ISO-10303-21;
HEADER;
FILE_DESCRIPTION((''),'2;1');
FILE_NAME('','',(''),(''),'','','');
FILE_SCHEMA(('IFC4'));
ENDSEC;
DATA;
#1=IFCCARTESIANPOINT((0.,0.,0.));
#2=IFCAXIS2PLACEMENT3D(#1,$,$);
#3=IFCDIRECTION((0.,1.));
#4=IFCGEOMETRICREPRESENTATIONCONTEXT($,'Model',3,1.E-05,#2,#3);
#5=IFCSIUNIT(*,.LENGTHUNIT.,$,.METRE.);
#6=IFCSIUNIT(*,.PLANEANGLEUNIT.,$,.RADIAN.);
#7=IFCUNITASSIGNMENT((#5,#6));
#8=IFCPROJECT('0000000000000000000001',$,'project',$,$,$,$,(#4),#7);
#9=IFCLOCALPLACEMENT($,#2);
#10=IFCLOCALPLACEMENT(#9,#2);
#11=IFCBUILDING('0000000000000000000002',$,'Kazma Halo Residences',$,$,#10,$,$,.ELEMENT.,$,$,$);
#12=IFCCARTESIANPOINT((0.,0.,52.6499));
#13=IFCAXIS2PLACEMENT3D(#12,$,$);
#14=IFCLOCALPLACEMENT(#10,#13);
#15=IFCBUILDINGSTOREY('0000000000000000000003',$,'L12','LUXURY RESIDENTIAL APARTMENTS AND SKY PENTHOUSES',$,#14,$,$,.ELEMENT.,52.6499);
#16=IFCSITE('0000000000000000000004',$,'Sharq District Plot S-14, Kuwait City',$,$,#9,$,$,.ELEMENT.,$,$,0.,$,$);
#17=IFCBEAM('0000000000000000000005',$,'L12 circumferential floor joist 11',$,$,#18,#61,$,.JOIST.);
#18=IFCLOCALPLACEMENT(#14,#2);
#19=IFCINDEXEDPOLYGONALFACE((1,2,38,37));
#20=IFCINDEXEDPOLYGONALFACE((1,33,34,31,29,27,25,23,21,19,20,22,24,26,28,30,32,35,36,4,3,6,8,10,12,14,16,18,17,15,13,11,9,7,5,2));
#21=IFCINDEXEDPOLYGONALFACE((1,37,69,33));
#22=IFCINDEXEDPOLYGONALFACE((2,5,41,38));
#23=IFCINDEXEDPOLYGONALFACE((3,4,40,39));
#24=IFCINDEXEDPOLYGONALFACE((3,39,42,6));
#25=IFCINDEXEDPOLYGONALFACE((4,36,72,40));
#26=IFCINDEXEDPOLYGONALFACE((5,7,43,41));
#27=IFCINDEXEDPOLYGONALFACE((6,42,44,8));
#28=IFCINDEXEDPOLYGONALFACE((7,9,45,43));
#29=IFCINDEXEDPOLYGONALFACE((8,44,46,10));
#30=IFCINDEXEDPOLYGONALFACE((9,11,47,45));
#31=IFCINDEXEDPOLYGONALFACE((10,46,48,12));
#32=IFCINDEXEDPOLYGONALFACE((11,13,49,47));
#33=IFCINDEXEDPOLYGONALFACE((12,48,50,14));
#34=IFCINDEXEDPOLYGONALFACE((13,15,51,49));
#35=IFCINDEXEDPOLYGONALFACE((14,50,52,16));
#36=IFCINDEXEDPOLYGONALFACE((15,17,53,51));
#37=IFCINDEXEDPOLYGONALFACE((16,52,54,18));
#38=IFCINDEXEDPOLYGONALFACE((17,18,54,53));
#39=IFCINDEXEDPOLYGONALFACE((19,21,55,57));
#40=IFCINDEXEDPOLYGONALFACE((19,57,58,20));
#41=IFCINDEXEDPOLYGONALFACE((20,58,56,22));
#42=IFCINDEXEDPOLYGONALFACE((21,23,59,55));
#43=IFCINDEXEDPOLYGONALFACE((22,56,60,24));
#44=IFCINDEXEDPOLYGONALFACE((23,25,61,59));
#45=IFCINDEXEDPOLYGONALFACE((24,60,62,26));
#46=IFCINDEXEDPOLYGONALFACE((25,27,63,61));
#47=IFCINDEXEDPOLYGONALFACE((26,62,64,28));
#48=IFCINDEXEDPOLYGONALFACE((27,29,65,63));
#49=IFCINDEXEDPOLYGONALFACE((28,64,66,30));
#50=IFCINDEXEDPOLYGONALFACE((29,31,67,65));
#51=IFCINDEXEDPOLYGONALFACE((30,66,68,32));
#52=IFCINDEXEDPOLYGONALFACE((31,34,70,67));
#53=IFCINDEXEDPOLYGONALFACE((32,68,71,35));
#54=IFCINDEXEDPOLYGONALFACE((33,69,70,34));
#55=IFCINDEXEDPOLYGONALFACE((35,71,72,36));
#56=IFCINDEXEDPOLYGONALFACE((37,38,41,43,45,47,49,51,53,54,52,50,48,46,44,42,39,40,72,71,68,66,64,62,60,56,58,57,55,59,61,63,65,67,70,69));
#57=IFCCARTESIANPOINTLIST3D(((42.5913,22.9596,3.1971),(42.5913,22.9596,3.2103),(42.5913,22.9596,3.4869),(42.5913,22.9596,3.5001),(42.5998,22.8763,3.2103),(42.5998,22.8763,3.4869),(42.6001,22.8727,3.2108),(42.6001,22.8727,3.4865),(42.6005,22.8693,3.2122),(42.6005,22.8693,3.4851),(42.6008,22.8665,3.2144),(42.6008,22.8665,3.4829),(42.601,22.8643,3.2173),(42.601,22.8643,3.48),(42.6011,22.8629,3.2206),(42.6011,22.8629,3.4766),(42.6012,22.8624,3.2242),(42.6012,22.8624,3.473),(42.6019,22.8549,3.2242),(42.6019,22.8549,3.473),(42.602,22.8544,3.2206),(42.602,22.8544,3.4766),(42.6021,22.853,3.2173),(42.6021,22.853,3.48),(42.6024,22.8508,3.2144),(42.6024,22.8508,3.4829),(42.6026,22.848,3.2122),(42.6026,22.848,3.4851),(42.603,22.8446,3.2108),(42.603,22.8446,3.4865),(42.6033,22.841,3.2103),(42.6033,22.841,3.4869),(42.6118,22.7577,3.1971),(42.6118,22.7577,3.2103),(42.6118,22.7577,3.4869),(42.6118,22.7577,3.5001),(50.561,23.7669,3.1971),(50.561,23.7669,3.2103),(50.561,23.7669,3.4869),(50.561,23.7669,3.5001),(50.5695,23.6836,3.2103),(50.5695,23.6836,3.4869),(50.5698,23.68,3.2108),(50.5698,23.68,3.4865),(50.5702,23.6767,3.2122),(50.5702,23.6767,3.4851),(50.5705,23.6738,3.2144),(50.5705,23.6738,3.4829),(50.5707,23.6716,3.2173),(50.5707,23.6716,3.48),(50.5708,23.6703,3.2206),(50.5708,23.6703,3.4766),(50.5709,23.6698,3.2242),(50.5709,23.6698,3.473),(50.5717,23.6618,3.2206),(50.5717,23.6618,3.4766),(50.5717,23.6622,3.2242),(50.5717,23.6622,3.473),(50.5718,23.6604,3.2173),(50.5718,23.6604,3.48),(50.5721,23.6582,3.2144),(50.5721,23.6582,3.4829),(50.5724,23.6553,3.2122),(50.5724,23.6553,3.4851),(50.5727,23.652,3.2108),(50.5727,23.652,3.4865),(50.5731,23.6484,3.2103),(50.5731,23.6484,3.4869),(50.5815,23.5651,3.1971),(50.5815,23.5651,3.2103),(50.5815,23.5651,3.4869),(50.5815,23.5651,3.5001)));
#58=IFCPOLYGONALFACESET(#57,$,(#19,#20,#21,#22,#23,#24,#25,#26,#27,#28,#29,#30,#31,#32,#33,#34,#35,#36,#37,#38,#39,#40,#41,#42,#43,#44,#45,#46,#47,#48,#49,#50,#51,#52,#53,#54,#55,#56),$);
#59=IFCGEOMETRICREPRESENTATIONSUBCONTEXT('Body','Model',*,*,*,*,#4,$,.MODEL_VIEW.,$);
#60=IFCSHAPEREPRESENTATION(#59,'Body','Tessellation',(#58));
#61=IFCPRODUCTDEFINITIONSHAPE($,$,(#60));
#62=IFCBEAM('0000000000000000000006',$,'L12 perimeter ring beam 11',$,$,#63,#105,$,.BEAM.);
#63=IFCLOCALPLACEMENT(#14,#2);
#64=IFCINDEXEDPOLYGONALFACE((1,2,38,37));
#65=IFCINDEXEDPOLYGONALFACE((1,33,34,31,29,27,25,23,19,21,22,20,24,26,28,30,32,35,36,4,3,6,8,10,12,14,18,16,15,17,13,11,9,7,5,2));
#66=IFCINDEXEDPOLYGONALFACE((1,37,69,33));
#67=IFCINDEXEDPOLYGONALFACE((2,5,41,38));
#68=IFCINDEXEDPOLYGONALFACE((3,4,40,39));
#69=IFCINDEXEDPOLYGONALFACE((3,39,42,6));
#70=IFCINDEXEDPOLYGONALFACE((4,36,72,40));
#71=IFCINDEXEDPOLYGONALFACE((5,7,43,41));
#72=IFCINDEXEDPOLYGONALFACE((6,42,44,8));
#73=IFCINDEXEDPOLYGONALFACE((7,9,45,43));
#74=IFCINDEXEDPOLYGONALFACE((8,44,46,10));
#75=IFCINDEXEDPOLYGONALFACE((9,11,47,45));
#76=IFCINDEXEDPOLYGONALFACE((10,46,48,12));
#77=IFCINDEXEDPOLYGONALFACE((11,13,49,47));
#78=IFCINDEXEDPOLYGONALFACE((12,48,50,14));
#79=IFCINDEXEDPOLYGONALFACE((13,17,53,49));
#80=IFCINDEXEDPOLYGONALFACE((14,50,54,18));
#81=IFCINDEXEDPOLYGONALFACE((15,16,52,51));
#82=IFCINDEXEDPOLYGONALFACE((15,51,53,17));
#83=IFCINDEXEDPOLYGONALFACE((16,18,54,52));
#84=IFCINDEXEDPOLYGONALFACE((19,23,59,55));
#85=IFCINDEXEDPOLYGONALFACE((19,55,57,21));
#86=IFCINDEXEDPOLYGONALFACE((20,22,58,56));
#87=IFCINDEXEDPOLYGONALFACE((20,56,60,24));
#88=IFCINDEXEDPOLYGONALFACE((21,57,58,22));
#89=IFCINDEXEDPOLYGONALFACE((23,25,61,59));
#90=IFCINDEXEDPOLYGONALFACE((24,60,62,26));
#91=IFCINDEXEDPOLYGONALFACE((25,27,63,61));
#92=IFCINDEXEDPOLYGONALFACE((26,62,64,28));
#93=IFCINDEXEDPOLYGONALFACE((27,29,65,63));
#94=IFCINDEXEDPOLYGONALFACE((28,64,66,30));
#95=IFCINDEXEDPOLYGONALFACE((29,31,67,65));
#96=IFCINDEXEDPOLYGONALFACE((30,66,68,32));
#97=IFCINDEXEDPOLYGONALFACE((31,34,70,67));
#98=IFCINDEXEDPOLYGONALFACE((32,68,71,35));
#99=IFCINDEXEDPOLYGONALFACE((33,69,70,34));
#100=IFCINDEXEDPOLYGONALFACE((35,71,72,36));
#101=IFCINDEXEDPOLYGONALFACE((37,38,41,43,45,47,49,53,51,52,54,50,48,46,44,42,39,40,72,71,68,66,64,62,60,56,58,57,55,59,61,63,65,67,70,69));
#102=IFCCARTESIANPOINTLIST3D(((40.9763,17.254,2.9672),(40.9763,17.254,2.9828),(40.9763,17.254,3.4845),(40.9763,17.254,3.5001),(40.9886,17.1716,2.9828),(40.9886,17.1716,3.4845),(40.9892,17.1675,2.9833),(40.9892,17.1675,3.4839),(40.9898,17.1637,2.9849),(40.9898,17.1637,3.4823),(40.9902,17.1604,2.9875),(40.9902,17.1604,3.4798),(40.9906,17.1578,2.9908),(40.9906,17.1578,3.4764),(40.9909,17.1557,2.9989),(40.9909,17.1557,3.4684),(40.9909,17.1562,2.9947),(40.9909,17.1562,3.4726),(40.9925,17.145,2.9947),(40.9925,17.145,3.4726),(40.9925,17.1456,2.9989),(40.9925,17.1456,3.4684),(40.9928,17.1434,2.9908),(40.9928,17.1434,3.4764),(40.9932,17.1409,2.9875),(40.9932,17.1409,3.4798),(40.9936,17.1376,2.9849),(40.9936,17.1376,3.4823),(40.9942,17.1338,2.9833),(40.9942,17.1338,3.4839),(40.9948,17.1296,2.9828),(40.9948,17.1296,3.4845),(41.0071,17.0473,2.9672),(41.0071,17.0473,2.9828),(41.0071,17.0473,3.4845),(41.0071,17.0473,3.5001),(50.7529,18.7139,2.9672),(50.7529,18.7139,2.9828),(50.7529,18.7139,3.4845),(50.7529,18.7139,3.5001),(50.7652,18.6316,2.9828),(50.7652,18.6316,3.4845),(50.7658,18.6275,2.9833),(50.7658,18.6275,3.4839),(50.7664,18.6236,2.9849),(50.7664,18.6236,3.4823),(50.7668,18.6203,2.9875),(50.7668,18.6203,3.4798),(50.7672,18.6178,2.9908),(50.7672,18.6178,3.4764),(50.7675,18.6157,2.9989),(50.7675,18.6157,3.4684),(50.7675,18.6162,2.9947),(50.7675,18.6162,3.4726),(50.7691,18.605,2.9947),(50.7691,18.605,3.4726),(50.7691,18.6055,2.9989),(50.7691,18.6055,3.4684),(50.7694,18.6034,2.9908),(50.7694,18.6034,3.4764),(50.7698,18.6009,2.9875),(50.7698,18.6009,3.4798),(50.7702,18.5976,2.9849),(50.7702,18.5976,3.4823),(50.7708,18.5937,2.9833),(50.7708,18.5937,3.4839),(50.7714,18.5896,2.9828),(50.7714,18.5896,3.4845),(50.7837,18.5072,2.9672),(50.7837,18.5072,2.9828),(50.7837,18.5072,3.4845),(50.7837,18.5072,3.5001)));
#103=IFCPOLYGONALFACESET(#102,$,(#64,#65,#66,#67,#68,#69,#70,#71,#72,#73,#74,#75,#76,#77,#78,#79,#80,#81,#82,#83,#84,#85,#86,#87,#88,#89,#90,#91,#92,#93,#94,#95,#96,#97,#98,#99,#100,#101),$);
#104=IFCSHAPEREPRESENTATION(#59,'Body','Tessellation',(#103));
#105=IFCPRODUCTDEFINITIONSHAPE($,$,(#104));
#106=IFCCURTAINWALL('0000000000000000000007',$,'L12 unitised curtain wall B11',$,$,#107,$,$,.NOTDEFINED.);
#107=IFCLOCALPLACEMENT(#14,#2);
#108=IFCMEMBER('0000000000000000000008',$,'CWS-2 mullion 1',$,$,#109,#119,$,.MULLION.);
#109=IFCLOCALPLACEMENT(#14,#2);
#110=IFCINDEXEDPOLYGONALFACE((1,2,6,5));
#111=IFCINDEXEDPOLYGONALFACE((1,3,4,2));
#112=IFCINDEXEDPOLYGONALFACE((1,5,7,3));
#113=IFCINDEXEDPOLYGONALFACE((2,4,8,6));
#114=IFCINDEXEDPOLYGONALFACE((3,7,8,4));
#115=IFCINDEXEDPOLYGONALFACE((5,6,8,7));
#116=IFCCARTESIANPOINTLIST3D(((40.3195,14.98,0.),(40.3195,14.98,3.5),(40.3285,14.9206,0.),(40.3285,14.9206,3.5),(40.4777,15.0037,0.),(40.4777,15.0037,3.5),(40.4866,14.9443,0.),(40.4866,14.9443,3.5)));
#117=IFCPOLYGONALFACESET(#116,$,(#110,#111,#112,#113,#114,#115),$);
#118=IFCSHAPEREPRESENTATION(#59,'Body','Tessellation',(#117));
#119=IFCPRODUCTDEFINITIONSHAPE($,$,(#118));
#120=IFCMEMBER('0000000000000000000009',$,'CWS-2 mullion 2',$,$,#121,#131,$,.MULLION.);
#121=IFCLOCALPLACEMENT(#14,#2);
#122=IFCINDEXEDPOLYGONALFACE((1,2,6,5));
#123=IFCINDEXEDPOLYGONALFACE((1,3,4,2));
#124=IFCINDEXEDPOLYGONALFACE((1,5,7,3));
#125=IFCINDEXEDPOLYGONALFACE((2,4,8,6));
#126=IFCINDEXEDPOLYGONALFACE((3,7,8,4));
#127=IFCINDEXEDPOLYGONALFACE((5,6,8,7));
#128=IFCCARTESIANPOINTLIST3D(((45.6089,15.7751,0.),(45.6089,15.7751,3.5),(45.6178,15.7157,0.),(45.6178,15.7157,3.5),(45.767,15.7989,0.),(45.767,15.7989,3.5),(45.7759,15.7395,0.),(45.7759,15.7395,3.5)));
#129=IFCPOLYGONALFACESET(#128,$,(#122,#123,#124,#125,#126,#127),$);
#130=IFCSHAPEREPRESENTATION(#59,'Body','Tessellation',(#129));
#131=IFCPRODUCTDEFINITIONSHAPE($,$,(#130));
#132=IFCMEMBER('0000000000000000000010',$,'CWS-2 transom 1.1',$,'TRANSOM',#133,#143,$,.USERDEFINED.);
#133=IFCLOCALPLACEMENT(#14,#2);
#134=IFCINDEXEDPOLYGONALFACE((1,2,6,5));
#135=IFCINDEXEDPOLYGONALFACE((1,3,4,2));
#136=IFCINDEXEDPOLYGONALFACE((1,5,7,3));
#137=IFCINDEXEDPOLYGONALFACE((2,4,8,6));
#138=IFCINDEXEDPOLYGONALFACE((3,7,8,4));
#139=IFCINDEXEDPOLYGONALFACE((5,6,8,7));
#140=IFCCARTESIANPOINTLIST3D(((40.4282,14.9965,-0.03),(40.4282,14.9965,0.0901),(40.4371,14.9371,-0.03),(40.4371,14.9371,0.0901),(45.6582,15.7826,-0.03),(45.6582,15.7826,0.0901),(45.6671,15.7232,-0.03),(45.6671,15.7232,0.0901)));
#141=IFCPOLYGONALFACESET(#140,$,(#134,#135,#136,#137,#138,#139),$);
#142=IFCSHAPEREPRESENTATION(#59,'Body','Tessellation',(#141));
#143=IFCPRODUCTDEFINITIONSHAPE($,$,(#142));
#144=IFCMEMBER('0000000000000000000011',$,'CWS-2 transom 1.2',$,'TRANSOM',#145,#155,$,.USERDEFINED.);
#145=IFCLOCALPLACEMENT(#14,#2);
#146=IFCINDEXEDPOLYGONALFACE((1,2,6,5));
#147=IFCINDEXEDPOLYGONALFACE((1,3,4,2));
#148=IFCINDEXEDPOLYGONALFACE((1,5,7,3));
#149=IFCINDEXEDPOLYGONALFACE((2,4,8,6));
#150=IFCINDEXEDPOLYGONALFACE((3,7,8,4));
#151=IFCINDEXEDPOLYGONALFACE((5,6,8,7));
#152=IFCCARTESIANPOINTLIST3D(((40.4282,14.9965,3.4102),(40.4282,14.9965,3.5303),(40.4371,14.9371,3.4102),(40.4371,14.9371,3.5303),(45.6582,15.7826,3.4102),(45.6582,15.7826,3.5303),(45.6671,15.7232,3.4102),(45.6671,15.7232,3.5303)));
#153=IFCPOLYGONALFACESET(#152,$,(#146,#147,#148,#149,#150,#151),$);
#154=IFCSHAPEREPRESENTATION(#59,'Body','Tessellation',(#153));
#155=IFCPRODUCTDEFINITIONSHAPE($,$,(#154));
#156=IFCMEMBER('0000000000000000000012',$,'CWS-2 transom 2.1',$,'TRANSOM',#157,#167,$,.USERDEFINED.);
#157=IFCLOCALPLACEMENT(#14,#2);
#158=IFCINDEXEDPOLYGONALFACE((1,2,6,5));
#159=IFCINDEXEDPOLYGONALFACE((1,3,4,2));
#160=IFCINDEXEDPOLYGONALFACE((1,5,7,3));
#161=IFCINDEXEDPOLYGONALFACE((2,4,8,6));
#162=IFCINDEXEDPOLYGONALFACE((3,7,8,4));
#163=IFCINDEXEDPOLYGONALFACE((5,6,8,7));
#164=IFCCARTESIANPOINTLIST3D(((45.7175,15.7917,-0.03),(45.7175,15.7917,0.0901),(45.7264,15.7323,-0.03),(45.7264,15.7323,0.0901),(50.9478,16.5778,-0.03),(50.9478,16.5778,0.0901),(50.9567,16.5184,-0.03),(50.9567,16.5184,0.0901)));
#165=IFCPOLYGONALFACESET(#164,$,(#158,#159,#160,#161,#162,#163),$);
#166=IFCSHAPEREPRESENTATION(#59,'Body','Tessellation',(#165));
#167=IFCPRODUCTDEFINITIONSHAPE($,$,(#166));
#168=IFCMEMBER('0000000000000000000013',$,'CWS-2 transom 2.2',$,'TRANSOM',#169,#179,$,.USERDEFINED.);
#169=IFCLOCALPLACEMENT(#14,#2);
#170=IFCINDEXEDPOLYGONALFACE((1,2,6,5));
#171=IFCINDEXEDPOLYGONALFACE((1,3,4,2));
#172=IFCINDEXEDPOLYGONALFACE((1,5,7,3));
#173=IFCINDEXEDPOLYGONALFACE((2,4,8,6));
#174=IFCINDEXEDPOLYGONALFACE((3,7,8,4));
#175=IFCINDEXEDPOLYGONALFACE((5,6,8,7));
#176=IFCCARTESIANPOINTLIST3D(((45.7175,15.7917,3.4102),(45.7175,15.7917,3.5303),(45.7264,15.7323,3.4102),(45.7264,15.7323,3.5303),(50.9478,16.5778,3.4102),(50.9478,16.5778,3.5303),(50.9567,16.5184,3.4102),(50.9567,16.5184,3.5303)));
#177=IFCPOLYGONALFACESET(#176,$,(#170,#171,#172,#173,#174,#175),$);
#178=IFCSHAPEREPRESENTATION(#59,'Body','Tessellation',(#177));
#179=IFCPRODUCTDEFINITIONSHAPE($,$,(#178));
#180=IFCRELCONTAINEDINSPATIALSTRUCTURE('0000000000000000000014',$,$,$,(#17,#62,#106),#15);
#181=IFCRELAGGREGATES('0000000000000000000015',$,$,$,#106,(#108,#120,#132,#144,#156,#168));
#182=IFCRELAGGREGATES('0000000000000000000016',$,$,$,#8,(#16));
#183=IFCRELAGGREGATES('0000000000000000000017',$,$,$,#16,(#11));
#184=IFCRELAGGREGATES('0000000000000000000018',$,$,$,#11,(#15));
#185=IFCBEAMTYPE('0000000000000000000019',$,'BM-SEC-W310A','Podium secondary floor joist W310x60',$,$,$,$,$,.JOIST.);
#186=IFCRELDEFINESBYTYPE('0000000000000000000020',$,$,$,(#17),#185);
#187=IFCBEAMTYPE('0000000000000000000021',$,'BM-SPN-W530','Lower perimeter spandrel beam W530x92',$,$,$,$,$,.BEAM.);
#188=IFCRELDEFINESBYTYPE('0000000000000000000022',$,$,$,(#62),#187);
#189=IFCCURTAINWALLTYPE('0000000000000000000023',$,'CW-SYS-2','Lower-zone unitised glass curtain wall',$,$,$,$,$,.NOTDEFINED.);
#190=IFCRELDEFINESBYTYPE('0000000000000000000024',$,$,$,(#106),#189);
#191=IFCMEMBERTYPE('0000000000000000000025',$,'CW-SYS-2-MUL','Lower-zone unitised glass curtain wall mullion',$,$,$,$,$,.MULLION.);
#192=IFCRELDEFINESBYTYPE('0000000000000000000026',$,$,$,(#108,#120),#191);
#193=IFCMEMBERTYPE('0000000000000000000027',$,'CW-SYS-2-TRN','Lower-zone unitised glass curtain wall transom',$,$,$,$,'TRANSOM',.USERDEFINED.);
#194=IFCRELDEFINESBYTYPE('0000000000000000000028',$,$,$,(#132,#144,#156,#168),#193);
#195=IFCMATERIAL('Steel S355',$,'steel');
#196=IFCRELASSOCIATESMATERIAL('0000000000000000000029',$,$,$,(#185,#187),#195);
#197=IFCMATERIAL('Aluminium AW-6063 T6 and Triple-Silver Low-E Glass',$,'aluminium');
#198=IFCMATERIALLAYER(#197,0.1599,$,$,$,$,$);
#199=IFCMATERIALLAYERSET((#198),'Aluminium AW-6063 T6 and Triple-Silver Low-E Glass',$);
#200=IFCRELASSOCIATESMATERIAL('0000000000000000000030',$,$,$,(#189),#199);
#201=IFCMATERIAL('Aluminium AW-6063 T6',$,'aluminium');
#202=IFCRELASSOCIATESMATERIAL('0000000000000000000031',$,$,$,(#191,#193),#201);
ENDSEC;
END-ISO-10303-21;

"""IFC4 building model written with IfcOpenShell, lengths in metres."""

from ifc_helpers import new_model, si_unit, direction, frame, origin, origin_2d, place, context, subcontext, project, spatial, rectangle, i_section, extrude, material, layer, layer_set, material_profile, profile_set, type_object, element, aggregate, save


model = new_model("IFC4")

# Units and contexts
model_context = context("Model", 3, precision=1e-05, world=origin(), true_north=direction((0.0, 1.0)))
body_context = subcontext(model_context, "Body", "Model", "MODEL_VIEW")
ifc_project = project(units=[si_unit("LENGTHUNIT", "METRE"), si_unit("PLANEANGLEUNIT", "RADIAN")], contexts=[model_context])

# Site, building, storey
site_placement = place(None, origin())
site = spatial("IfcSite", under=ifc_project, at=site_placement, Name="Sharq District Plot S-14, Kuwait City", CompositionType="ELEMENT", RefElevation=0.0)
building_placement = place(site_placement, origin())
building = spatial("IfcBuilding", under=site, at=building_placement, Name="Kazma Halo Residences", CompositionType="ELEMENT")
storey_placement = place(building_placement, frame((0.0, 0.0, 52.6499)))
storey = spatial("IfcBuildingStorey", under=building, at=storey_placement, Name="L12", Description="LUXURY RESIDENTIAL APARTMENTS AND SKY PENTHOUSES", CompositionType="ELEMENT", Elevation=52.6499)

# Beams
ifc_material_1 = material(Name="Steel S355", Category="steel")
ifc_material_profile_1 = material_profile(ifc_material_1, i_section(OverallWidth=0.2029, OverallDepth=0.303, WebThickness=0.0076, FlangeThickness=0.0132, FilletRadius=0.0139, at=origin_2d()), Name="W310x60")
ifc_profile_set_1 = profile_set([ifc_material_profile_1], Name="Steel S355")
beam_type_1 = type_object("IfcBeamType", Name="BM-SEC-W310A", Description="Podium secondary floor joist W310x60", PredefinedType="JOIST", material=ifc_profile_set_1)
beam_1_placement = place(storey_placement, frame((42.6016, 22.8586, 3.3486), z_axis=(0.994908, 0.100789, 0.0), x_axis=(-0.100789, 0.994908, 0.0)))
element("IfcBeam", 1, at=beam_1_placement, inside=storey, type_object=beam_type_1, Name="L12 circumferential floor joist 11", PredefinedType="JOIST", context=body_context, shape_type="SweptSolid", body=[
    extrude(i_section(OverallWidth=0.2029, OverallDepth=0.303, WebThickness=0.0076, FlangeThickness=0.0132, FilletRadius=0.0139, at=origin_2d()), origin(), (0.0, 0.0, 1.0), 8.0105),
])
ifc_material_profile_2 = material_profile(ifc_material_1, i_section(OverallWidth=0.209, OverallDepth=0.533, WebThickness=0.0103, FlangeThickness=0.0156, FilletRadius=0.0161, at=origin_2d()), Name="W530x92")
ifc_profile_set_2 = profile_set([ifc_material_profile_2], Name="Steel S355")
beam_type_2 = type_object("IfcBeamType", Name="BM-SPN-W530", Description="Lower perimeter spandrel beam W530x92", PredefinedType="BEAM", material=ifc_profile_set_2)
beam_2_placement = place(storey_placement, frame((40.9917, 17.1506, 3.2336), z_axis=(0.989033, 0.147694, 0.0), x_axis=(-0.147694, 0.989033, 0.0)))
element("IfcBeam", 2, at=beam_2_placement, inside=storey, type_object=beam_type_2, Name="L12 perimeter ring beam 11", PredefinedType="BEAM", context=body_context, shape_type="SweptSolid", body=[
    extrude(i_section(OverallWidth=0.209, OverallDepth=0.533, WebThickness=0.0103, FlangeThickness=0.0156, FilletRadius=0.0161, at=origin_2d()), origin(), (0.0, 0.0, 1.0), 9.885),
])

# Curtain wall, members
ifc_material_2 = material(Name="Aluminium AW-6063 T6 and Triple-Silver Low-E Glass", Category="aluminium")
ifc_layer_1 = layer(ifc_material_2, 0.1599)
ifc_layer_set_1 = layer_set([ifc_layer_1], Name="Aluminium AW-6063 T6 and Triple-Silver Low-E Glass")
curtain_wall_type = type_object("IfcCurtainWallType", Name="CW-SYS-2", Description="Lower-zone unitised glass curtain wall", PredefinedType="NOTDEFINED", material=ifc_layer_set_1)
curtain_wall_placement = place(storey_placement, origin())
curtain_wall = element("IfcCurtainWall", 3, at=curtain_wall_placement, inside=storey, type_object=curtain_wall_type, Name="L12 unitised curtain wall B11", PredefinedType="NOTDEFINED")
ifc_material_3 = material(Name="Aluminium AW-6063 T6", Category="aluminium")
ifc_material_profile_3 = material_profile(ifc_material_3, rectangle(XDim=0.0601, YDim=0.1599, at=origin_2d()), Name="CWM-60x160")
ifc_profile_set_3 = profile_set([ifc_material_profile_3], Name="Aluminium AW-6063 T6")
member_type_1 = type_object("IfcMemberType", Name="CW-SYS-2-MUL", Description="Lower-zone unitised glass curtain wall mullion", PredefinedType="MULLION", material=ifc_profile_set_3)
member_1_placement = place(storey_placement, frame((40.4031, 14.9622, 0.0), z_axis=(0.0, 0.0, 1.0), x_axis=(-0.148657, 0.988889, 0.0)))
member_1 = element("IfcMember", 4, at=member_1_placement, type_object=member_type_1, Name="CWS-2 mullion 1", PredefinedType="MULLION", context=body_context, shape_type="SweptSolid", body=[
    extrude(rectangle(XDim=0.0601, YDim=0.1599, at=origin_2d()), origin(), (0.0, 0.0, 1.0), 3.5),
])
member_2_placement = place(storey_placement, frame((45.6924, 15.7573, 0.0), z_axis=(0.0, 0.0, 1.0), x_axis=(-0.148657, 0.988889, 0.0)))
member_2 = element("IfcMember", 5, at=member_2_placement, type_object=member_type_1, Name="CWS-2 mullion 2", PredefinedType="MULLION", context=body_context, shape_type="SweptSolid", body=[
    extrude(rectangle(XDim=0.0601, YDim=0.1599, at=origin_2d()), origin(), (0.0, 0.0, 1.0), 3.5),
])
ifc_material_profile_4 = material_profile(ifc_material_3, rectangle(XDim=0.0601, YDim=0.1201, at=origin_2d()), Name="CWT-60x120")
ifc_profile_set_4 = profile_set([ifc_material_profile_4], Name="Aluminium AW-6063 T6")
member_type_2 = type_object("IfcMemberType", Name="CW-SYS-2-TRN", Description="Lower-zone unitised glass curtain wall transom", ElementType="TRANSOM", PredefinedType="USERDEFINED", material=ifc_profile_set_4)
member_3_placement = place(storey_placement, frame((40.4326, 14.9668, 0.03), z_axis=(0.988891, 0.148643, 0.0), x_axis=(-0.148643, 0.988891, 0.0)))
member_3 = element("IfcMember", 6, at=member_3_placement, type_object=member_type_2, Name="CWS-2 transom 1.1", ObjectType="TRANSOM", PredefinedType="USERDEFINED", context=body_context, shape_type="SweptSolid", body=[
    extrude(rectangle(XDim=0.0601, YDim=0.1201, at=origin_2d()), origin(), (0.0, 0.0, 1.0), 5.2888),
])
member_4_placement = place(storey_placement, frame((40.4326, 14.9668, 3.4702), z_axis=(0.988891, 0.148643, 0.0), x_axis=(-0.148643, 0.988891, 0.0)))
member_4 = element("IfcMember", 7, at=member_4_placement, type_object=member_type_2, Name="CWS-2 transom 1.2", ObjectType="TRANSOM", PredefinedType="USERDEFINED", context=body_context, shape_type="SweptSolid", body=[
    extrude(rectangle(XDim=0.0601, YDim=0.1201, at=origin_2d()), origin(), (0.0, 0.0, 1.0), 5.2888),
])
member_5_placement = place(storey_placement, frame((45.7219, 15.762, 0.03), z_axis=(0.988892, 0.148636, 0.0), x_axis=(-0.148636, 0.988892, 0.0)))
member_5 = element("IfcMember", 8, at=member_5_placement, type_object=member_type_2, Name="CWS-2 transom 2.1", ObjectType="TRANSOM", PredefinedType="USERDEFINED", context=body_context, shape_type="SweptSolid", body=[
    extrude(rectangle(XDim=0.0601, YDim=0.1201, at=origin_2d()), origin(), (0.0, 0.0, 1.0), 5.2891),
])
member_6_placement = place(storey_placement, frame((45.7219, 15.762, 3.4702), z_axis=(0.988892, 0.148636, 0.0), x_axis=(-0.148636, 0.988892, 0.0)))
member_6 = element("IfcMember", 9, at=member_6_placement, type_object=member_type_2, Name="CWS-2 transom 2.2", ObjectType="TRANSOM", PredefinedType="USERDEFINED", context=body_context, shape_type="SweptSolid", body=[
    extrude(rectangle(XDim=0.0601, YDim=0.1201, at=origin_2d()), origin(), (0.0, 0.0, 1.0), 5.2891),
])
aggregate(curtain_wall, [member_1, member_2, member_3, member_4, member_5, member_6])

save(model, "model.ifc")
